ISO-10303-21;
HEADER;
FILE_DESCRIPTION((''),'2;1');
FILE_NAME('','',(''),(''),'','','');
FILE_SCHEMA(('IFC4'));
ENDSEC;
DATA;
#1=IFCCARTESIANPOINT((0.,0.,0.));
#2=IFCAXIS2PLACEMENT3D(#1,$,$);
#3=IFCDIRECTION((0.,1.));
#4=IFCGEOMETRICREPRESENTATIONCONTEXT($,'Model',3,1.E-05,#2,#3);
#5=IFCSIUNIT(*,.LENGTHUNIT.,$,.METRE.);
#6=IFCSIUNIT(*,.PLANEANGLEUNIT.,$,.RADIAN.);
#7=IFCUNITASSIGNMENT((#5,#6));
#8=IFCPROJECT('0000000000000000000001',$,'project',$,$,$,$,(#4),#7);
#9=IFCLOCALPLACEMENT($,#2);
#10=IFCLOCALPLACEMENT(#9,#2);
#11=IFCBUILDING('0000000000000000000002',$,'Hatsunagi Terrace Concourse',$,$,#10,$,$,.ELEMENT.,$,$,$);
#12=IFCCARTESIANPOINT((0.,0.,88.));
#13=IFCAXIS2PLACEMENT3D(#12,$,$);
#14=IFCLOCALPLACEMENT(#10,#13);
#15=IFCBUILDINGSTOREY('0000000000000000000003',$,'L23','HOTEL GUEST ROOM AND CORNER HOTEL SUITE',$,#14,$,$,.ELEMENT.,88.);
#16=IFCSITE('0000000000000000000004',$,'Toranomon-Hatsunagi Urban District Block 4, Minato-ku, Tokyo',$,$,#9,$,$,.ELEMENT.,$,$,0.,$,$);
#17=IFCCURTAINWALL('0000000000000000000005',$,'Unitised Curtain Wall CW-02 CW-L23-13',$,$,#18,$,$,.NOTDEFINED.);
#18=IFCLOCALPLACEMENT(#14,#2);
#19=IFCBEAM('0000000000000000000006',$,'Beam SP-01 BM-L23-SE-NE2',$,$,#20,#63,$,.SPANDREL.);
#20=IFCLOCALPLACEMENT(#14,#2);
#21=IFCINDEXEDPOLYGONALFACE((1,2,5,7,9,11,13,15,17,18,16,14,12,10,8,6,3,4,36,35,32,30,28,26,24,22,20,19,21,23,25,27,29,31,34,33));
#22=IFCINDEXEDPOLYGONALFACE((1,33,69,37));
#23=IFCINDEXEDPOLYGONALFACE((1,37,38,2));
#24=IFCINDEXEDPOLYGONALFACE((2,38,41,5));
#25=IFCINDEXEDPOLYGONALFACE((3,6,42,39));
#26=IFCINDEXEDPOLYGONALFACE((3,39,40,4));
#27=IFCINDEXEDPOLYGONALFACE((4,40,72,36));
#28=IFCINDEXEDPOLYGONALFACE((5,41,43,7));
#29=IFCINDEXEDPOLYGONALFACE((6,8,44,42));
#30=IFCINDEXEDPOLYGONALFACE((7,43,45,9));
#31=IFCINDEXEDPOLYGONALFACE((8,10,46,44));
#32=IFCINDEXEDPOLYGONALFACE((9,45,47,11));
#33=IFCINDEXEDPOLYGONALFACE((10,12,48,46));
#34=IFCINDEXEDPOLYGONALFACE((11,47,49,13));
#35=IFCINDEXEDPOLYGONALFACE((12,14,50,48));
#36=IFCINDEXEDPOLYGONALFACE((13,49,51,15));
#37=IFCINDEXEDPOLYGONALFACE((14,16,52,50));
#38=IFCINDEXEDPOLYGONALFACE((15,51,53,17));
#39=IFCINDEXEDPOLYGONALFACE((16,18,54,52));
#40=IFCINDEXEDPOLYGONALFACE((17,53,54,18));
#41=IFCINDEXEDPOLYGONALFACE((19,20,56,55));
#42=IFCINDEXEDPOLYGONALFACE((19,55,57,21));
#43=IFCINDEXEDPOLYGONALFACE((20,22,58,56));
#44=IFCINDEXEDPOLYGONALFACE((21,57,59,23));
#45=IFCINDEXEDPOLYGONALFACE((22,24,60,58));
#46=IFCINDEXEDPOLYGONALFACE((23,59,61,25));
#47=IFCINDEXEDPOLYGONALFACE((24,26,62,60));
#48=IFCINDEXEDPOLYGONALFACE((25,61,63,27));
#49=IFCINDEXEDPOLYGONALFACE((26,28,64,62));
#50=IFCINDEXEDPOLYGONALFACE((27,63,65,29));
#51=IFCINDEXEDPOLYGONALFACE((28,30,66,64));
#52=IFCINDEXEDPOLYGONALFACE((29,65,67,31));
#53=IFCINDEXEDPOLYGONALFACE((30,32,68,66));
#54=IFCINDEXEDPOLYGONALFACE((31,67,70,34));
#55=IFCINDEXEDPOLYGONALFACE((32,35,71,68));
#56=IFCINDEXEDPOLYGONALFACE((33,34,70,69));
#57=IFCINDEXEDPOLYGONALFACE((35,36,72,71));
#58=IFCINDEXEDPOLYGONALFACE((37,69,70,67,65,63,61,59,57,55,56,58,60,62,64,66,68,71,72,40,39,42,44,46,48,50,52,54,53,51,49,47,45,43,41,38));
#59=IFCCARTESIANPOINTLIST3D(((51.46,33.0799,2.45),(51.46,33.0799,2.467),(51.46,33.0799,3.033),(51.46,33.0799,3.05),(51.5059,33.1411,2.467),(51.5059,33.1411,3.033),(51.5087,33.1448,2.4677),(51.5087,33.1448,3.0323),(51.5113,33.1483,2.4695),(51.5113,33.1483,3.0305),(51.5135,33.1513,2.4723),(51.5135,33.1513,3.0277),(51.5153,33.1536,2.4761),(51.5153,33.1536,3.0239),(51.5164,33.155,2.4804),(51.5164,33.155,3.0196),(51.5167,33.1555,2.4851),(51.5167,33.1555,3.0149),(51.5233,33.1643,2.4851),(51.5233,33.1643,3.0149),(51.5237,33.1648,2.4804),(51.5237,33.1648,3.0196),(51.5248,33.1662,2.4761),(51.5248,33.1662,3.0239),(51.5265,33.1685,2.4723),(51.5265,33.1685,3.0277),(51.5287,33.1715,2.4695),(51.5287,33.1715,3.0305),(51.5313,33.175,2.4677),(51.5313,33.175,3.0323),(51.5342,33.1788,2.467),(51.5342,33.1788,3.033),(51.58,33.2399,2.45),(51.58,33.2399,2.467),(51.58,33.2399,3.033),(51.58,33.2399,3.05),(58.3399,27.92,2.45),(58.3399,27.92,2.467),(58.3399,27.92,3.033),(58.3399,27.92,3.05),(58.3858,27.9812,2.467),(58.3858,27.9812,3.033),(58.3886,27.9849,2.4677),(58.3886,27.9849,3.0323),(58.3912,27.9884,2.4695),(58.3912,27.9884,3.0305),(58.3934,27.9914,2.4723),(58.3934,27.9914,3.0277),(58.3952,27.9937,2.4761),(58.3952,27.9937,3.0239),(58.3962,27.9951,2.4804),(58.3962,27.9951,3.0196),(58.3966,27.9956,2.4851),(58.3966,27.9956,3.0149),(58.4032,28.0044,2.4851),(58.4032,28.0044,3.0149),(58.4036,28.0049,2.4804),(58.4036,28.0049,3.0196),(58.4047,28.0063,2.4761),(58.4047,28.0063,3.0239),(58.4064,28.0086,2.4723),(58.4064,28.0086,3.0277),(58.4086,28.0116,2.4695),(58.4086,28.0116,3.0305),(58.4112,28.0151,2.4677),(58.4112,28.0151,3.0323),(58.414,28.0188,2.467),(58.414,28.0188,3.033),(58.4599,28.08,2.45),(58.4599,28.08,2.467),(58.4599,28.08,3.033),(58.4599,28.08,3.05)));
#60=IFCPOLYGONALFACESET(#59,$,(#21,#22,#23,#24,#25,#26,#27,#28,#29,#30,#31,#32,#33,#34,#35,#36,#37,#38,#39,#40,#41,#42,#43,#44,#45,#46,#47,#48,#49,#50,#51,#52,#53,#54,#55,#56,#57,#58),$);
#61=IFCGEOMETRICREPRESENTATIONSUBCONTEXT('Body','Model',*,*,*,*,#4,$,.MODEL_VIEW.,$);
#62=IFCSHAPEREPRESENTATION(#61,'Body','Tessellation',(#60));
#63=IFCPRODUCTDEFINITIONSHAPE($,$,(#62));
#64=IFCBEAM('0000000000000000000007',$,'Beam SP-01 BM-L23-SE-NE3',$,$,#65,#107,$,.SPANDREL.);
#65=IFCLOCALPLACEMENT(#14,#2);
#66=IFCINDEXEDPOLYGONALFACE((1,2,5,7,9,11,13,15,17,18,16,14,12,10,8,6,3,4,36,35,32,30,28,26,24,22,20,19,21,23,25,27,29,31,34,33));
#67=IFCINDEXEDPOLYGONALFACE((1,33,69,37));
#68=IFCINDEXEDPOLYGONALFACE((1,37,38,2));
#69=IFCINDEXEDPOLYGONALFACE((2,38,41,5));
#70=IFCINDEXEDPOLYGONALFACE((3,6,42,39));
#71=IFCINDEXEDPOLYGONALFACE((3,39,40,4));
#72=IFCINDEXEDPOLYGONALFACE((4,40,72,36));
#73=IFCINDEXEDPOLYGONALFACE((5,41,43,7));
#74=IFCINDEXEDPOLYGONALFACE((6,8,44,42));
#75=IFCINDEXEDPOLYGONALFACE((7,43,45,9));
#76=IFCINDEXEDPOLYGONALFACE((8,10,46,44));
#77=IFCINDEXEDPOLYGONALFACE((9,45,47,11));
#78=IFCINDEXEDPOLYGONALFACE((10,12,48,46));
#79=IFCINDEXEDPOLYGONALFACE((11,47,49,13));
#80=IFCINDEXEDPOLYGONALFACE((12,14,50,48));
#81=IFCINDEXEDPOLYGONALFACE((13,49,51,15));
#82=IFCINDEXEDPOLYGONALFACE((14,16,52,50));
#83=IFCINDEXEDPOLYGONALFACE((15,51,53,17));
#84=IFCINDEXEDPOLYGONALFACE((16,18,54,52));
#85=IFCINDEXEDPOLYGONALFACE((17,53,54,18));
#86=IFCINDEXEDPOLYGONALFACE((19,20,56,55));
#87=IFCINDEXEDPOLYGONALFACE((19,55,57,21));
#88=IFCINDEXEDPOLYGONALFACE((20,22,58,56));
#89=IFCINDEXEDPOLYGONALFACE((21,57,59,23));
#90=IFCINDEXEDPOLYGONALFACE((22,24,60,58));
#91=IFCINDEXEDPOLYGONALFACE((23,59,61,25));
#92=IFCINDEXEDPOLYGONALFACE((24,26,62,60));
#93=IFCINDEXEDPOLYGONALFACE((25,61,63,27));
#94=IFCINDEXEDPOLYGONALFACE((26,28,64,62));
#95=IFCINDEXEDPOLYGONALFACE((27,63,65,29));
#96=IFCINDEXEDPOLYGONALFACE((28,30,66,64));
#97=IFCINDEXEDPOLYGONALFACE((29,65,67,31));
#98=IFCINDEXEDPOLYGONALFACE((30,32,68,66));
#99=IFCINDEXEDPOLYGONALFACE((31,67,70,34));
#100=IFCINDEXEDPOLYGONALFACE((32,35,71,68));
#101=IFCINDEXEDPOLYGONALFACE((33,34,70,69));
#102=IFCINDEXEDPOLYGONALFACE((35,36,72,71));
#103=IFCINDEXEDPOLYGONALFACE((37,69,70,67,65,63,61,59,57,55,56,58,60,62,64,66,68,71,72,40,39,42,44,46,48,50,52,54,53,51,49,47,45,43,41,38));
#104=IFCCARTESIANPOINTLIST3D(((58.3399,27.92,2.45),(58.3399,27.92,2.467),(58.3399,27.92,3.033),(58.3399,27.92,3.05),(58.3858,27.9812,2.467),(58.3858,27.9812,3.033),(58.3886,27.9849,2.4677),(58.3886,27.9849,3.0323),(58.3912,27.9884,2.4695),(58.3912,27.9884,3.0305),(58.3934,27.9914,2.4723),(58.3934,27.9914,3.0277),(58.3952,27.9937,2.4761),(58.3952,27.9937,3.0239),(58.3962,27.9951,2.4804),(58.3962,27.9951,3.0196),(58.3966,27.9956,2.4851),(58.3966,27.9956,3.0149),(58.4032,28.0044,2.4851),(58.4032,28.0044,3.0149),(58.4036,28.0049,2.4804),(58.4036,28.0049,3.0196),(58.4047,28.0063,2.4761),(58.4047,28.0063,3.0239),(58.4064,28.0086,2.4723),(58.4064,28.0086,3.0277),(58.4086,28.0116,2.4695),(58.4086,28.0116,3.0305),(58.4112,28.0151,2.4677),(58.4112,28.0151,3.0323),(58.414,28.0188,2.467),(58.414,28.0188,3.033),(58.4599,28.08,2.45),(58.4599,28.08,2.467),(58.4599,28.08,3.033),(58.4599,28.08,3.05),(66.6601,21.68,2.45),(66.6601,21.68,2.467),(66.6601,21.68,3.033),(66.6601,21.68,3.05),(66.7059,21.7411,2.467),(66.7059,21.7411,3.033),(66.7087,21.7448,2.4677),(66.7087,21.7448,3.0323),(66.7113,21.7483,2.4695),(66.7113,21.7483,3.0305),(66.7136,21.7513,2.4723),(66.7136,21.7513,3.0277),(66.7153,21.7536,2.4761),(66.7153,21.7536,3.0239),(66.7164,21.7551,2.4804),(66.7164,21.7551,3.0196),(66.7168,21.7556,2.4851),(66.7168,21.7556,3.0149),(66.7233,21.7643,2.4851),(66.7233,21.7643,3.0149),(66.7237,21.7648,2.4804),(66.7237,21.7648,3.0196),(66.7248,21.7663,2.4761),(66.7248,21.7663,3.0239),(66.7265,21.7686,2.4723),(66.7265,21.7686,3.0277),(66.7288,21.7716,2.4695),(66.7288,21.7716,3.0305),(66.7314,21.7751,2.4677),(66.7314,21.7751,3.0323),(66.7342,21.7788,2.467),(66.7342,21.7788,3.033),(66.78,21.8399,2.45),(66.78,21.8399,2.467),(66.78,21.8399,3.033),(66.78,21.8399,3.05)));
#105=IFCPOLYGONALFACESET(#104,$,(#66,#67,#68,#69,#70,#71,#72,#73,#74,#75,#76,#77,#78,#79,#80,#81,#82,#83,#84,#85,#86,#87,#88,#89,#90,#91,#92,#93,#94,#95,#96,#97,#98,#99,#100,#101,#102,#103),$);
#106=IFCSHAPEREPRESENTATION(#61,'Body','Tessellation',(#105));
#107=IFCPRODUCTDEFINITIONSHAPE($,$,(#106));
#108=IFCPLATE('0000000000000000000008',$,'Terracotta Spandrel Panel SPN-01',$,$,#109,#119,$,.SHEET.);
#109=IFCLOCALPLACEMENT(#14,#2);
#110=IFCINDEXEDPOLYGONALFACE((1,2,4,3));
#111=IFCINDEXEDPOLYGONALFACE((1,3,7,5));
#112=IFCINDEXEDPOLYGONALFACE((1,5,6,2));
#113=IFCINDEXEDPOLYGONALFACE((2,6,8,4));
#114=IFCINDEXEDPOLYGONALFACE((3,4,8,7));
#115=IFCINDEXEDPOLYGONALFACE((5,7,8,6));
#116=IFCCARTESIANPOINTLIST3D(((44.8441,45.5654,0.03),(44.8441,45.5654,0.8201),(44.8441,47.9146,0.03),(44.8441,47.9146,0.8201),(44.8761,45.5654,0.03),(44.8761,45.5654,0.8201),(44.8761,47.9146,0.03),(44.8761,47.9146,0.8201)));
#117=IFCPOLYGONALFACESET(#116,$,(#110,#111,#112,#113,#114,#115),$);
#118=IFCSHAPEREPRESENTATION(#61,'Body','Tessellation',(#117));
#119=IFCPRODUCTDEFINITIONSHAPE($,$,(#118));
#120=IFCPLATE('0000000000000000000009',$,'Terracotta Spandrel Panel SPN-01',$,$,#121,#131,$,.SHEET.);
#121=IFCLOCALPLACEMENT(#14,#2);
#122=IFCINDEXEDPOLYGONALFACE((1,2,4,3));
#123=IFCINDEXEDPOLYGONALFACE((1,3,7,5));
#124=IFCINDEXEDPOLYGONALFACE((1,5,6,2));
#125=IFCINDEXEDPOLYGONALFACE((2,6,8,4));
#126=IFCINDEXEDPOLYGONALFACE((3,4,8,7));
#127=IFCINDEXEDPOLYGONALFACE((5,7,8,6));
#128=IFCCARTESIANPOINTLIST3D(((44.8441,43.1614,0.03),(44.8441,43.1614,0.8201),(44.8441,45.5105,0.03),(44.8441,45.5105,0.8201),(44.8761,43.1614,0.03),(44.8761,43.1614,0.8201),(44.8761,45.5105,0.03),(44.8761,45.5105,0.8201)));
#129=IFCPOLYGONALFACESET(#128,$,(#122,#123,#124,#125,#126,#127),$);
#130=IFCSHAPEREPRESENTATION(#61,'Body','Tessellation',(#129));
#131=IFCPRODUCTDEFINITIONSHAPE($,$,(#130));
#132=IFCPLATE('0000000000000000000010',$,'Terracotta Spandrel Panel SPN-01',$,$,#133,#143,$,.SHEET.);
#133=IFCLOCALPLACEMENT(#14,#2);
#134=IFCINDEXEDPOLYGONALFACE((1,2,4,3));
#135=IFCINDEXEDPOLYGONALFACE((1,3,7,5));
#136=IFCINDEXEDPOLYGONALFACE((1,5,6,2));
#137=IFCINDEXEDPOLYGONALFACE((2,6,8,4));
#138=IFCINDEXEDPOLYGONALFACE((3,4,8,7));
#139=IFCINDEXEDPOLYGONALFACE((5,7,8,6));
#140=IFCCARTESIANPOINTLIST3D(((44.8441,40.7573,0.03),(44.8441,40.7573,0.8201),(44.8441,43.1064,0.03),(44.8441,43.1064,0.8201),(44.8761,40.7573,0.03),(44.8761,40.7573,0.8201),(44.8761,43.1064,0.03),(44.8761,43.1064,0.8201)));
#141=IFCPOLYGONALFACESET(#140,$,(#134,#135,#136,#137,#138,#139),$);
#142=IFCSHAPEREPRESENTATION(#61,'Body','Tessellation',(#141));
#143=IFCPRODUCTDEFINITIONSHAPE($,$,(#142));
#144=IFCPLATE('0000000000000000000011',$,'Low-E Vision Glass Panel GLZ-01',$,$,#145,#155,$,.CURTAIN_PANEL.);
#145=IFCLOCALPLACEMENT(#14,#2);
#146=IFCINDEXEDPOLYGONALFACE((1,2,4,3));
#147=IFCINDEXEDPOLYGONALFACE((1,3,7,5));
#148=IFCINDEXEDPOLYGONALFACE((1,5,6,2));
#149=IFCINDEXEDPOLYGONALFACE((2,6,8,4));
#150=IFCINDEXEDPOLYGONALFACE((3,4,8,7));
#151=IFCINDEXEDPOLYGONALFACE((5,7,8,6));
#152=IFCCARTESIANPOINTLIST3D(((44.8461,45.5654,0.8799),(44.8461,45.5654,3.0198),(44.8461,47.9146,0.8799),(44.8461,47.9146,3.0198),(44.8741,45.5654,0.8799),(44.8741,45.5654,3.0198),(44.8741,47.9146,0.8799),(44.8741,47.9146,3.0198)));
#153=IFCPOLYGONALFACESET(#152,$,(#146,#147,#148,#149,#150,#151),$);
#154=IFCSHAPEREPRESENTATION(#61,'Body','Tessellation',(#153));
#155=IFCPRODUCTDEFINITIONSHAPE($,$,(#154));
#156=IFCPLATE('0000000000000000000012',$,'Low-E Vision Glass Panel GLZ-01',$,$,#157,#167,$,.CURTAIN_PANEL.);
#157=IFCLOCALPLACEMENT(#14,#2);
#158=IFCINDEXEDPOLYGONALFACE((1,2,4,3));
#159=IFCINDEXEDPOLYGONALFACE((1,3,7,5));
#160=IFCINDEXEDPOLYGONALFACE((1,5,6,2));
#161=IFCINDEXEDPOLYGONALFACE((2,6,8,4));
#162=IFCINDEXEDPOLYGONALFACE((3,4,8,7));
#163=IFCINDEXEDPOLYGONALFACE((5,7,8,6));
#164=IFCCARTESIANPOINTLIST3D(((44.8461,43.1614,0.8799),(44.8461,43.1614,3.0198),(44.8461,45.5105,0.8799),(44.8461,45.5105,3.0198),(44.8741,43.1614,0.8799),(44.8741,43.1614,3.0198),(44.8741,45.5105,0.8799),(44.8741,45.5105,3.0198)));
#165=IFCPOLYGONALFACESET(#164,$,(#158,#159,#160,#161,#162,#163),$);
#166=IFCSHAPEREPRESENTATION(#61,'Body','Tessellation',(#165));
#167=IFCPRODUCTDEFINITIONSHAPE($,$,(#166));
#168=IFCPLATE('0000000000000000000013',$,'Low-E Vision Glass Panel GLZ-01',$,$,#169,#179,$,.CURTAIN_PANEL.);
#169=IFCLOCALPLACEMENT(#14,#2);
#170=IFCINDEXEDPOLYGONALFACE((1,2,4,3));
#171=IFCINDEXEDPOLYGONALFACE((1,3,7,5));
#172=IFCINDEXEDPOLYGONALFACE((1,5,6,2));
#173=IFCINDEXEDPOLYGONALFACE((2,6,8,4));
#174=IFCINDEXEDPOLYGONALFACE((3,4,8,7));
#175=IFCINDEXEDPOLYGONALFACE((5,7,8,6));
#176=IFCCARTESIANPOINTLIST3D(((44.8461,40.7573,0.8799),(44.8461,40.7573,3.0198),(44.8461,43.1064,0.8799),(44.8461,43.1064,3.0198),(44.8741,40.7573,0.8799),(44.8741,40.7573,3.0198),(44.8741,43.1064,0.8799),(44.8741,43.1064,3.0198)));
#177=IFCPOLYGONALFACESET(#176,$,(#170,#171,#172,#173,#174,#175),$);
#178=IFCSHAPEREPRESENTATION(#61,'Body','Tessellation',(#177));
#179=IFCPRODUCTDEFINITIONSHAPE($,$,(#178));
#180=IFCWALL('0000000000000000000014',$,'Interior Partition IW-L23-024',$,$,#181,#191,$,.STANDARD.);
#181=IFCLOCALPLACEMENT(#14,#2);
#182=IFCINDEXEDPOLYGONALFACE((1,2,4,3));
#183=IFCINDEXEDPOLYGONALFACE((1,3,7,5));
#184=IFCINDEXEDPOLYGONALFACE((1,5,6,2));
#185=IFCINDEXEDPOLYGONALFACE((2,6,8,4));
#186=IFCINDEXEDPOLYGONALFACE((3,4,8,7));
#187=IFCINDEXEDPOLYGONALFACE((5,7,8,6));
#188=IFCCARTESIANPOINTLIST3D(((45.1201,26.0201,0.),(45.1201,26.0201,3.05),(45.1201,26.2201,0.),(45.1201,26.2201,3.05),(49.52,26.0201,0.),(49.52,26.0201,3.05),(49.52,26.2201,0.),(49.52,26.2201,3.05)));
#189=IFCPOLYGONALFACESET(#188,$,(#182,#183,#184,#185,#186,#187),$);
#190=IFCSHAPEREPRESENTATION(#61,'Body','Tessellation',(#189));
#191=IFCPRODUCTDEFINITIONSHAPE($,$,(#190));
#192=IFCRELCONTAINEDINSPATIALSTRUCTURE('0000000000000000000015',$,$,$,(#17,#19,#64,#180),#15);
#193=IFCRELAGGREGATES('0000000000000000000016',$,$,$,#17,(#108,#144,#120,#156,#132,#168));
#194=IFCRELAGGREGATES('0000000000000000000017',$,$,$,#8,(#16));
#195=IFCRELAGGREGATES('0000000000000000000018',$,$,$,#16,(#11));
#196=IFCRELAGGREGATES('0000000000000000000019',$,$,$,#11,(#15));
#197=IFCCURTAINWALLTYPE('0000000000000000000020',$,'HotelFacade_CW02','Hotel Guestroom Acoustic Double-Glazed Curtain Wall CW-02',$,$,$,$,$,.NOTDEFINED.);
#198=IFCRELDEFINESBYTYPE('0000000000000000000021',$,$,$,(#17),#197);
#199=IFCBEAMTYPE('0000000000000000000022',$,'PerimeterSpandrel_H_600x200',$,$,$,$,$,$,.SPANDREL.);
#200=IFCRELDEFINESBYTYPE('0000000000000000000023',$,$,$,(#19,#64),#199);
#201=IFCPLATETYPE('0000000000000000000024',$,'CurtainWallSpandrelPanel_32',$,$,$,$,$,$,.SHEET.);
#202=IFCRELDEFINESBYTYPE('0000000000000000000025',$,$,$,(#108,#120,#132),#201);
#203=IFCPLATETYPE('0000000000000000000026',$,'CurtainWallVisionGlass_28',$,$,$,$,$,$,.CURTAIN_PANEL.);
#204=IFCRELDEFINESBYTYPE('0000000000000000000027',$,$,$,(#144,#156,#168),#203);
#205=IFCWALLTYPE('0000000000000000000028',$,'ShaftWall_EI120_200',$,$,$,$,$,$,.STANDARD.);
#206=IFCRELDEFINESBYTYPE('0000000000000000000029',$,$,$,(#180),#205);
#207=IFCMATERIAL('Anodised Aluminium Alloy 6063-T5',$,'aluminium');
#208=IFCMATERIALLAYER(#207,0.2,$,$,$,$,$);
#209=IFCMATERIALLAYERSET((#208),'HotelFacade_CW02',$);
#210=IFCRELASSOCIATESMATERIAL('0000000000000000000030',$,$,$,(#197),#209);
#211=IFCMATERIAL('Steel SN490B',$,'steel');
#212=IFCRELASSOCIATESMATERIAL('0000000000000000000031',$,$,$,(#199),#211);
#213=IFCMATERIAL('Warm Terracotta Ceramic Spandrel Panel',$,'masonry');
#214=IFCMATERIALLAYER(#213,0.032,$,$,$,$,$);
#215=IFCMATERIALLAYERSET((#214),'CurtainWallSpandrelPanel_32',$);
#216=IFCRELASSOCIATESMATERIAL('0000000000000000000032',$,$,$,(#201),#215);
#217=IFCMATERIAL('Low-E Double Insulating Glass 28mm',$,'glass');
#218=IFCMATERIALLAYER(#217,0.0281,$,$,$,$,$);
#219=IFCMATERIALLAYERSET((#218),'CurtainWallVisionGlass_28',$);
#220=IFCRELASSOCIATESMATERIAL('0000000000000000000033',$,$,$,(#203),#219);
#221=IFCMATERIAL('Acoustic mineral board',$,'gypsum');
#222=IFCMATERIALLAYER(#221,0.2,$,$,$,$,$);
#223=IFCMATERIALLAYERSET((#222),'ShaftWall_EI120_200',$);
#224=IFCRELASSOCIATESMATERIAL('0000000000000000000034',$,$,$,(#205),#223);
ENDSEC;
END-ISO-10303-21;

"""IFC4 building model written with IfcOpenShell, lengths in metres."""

from ifc_helpers import new_model, si_unit, direction, frame, frame_2d, origin, origin_2d, place, context, subcontext, project, spatial, rectangle, i_section, extrude, material, layer, layer_set, material_profile, profile_set, type_object, element, aggregate, save


model = new_model("IFC4")

# Units and contexts
model_context = context("Model", 3, precision=1e-05, world=origin(), true_north=direction((0.0, 1.0)))
body_context = subcontext(model_context, "Body", "Model", "MODEL_VIEW")
ifc_project = project(units=[si_unit("LENGTHUNIT", "METRE"), si_unit("PLANEANGLEUNIT", "RADIAN")], contexts=[model_context])

# Site, building, storey
site_placement = place(None, origin())
site = spatial("IfcSite", under=ifc_project, at=site_placement, Name="Toranomon-Hatsunagi Urban District Block 4, Minato-ku, Tokyo", CompositionType="ELEMENT", RefElevation=0.0)
building_placement = place(site_placement, origin())
building = spatial("IfcBuilding", under=site, at=building_placement, Name="Hatsunagi Terrace Concourse", CompositionType="ELEMENT")
storey_placement = place(building_placement, frame((0.0, 0.0, 88.0)))
storey = spatial("IfcBuildingStorey", under=building, at=storey_placement, Name="L23", Description="HOTEL GUEST ROOM AND CORNER HOTEL SUITE", CompositionType="ELEMENT", Elevation=88.0)

# Curtain wall
ifc_material_1 = material(Name="Anodised Aluminium Alloy 6063-T5", Category="aluminium")
ifc_layer_1 = layer(ifc_material_1, 0.2)
ifc_layer_set_1 = layer_set([ifc_layer_1], Name="HotelFacade_CW02")
curtain_wall_type = type_object("IfcCurtainWallType", Name="HotelFacade_CW02", Description="Hotel Guestroom Acoustic Double-Glazed Curtain Wall CW-02", PredefinedType="NOTDEFINED", material=ifc_layer_set_1)
curtain_wall_placement = place(storey_placement, origin())
curtain_wall = element("IfcCurtainWall", 1, at=curtain_wall_placement, inside=storey, type_object=curtain_wall_type, Name="Unitised Curtain Wall CW-02 CW-L23-13", PredefinedType="NOTDEFINED")

# Beams
ifc_material_2 = material(Name="Steel SN490B", Category="steel")
ifc_material_profile_1 = material_profile(ifc_material_2, i_section(OverallWidth=0.2, OverallDepth=0.6001, WebThickness=0.011, FlangeThickness=0.0171, FilletRadius=0.0181, at=origin_2d()), Name="H-600x200x11x17")
ifc_profile_set_1 = profile_set([ifc_material_profile_1], Name="Steel SN490B")
beam_type_1 = type_object("IfcBeamType", Name="PerimeterSpandrel_H_600x200", PredefinedType="SPANDREL", material=ifc_profile_set_1)
beam_1_placement = place(storey_placement, frame((51.52, 33.1599, 2.75), z_axis=(0.8, -0.6, 0.0), x_axis=(0.6, 0.8, 0.0)))
element("IfcBeam", 2, at=beam_1_placement, inside=storey, type_object=beam_type_1, Name="Beam SP-01 BM-L23-SE-NE2", PredefinedType="SPANDREL", context=body_context, shape_type="SweptSolid", body=[
    extrude(i_section(OverallWidth=0.2, OverallDepth=0.6001, WebThickness=0.011, FlangeThickness=0.0171, FilletRadius=0.0181, at=origin_2d()), origin(), (0.0, 0.0, 1.0), 8.5999),
])
beam_2_placement = place(storey_placement, frame((58.3999, 28.0, 2.75), z_axis=(0.800003, -0.599996, 0.0), x_axis=(0.599996, 0.800003, 0.0)))
element("IfcBeam", 3, at=beam_2_placement, inside=storey, type_object=beam_type_1, Name="Beam SP-01 BM-L23-SE-NE3", PredefinedType="SPANDREL", context=body_context, shape_type="SweptSolid", body=[
    extrude(i_section(OverallWidth=0.2, OverallDepth=0.6001, WebThickness=0.011, FlangeThickness=0.0171, FilletRadius=0.0181, at=origin_2d()), origin(), (0.0, 0.0, 1.0), 10.4001),
])

# Plates
ifc_material_3 = material(Name="Warm Terracotta Ceramic Spandrel Panel", Category="masonry")
ifc_layer_2 = layer(ifc_material_3, 0.032)
ifc_layer_set_2 = layer_set([ifc_layer_2], Name="CurtainWallSpandrelPanel_32")
plate_type_1 = type_object("IfcPlateType", Name="CurtainWallSpandrelPanel_32", PredefinedType="SHEET", material=ifc_layer_set_2)
plate_1_placement = place(storey_placement, frame((44.8601, 46.74, 0.03), z_axis=(0.0, 0.0, 1.0), x_axis=(0.0, -1.0, 0.0)))
plate_1 = element("IfcPlate", 4, at=plate_1_placement, type_object=plate_type_1, Name="Terracotta Spandrel Panel SPN-01", PredefinedType="SHEET", context=body_context, shape_type="SweptSolid", body=[
    extrude(rectangle(XDim=2.3491, YDim=0.032, at=origin_2d()), origin(), (0.0, 0.0, 1.0), 0.79),
])
plate_2_placement = place(storey_placement, frame((44.8601, 44.3359, 0.03), z_axis=(0.0, 0.0, 1.0), x_axis=(0.0, -1.0, 0.0)))
plate_2 = element("IfcPlate", 5, at=plate_2_placement, type_object=plate_type_1, Name="Terracotta Spandrel Panel SPN-01", PredefinedType="SHEET", context=body_context, shape_type="SweptSolid", body=[
    extrude(rectangle(XDim=2.3491, YDim=0.032, at=origin_2d()), origin(), (0.0, 0.0, 1.0), 0.79),
])
plate_3_placement = place(storey_placement, frame((44.8601, 41.9319, 0.03), z_axis=(0.0, 0.0, 1.0), x_axis=(0.0, -1.0, 0.0)))
plate_3 = element("IfcPlate", 6, at=plate_3_placement, type_object=plate_type_1, Name="Terracotta Spandrel Panel SPN-01", PredefinedType="SHEET", context=body_context, shape_type="SweptSolid", body=[
    extrude(rectangle(XDim=2.3491, YDim=0.032, at=origin_2d()), origin(), (0.0, 0.0, 1.0), 0.79),
])
ifc_material_4 = material(Name="Low-E Double Insulating Glass 28mm", Category="glass")
ifc_layer_3 = layer(ifc_material_4, 0.0281)
ifc_layer_set_3 = layer_set([ifc_layer_3], Name="CurtainWallVisionGlass_28")
plate_type_2 = type_object("IfcPlateType", Name="CurtainWallVisionGlass_28", PredefinedType="CURTAIN_PANEL", material=ifc_layer_set_3)
plate_4_placement = place(storey_placement, frame((44.8601, 46.74, 0.8799), z_axis=(0.0, 0.0, 1.0), x_axis=(0.0, -1.0, 0.0)))
plate_4 = element("IfcPlate", 7, at=plate_4_placement, type_object=plate_type_2, Name="Low-E Vision Glass Panel GLZ-01", PredefinedType="CURTAIN_PANEL", context=body_context, shape_type="SweptSolid", body=[
    extrude(rectangle(XDim=2.3491, YDim=0.0281, at=origin_2d()), origin(), (0.0, 0.0, 1.0), 2.1399),
])
plate_5_placement = place(storey_placement, frame((44.8601, 44.3359, 0.8799), z_axis=(0.0, 0.0, 1.0), x_axis=(0.0, -1.0, 0.0)))
plate_5 = element("IfcPlate", 8, at=plate_5_placement, type_object=plate_type_2, Name="Low-E Vision Glass Panel GLZ-01", PredefinedType="CURTAIN_PANEL", context=body_context, shape_type="SweptSolid", body=[
    extrude(rectangle(XDim=2.3491, YDim=0.0281, at=origin_2d()), origin(), (0.0, 0.0, 1.0), 2.1399),
])
plate_6_placement = place(storey_placement, frame((44.8601, 41.9319, 0.8799), z_axis=(0.0, 0.0, 1.0), x_axis=(0.0, -1.0, 0.0)))
plate_6 = element("IfcPlate", 9, at=plate_6_placement, type_object=plate_type_2, Name="Low-E Vision Glass Panel GLZ-01", PredefinedType="CURTAIN_PANEL", context=body_context, shape_type="SweptSolid", body=[
    extrude(rectangle(XDim=2.3491, YDim=0.0281, at=origin_2d()), origin(), (0.0, 0.0, 1.0), 2.1399),
])
aggregate(curtain_wall, [plate_1, plate_4, plate_2, plate_5, plate_3, plate_6])

# Wall
ifc_material_5 = material(Name="Acoustic mineral board", Category="gypsum")
ifc_layer_4 = layer(ifc_material_5, 0.2)
ifc_layer_set_4 = layer_set([ifc_layer_4], Name="ShaftWall_EI120_200")
wall_type = type_object("IfcWallType", Name="ShaftWall_EI120_200", PredefinedType="STANDARD", material=ifc_layer_set_4)
wall_1_placement = place(storey_placement, frame((45.1201, 26.1201, 0.0), z_axis=(0.0, 0.0, 1.0), x_axis=(1.0, 0.0, 0.0)))
element("IfcWall", 10, at=wall_1_placement, inside=storey, type_object=wall_type, Name="Interior Partition IW-L23-024", PredefinedType="STANDARD", context=body_context, shape_type="SweptSolid", body=[
    extrude(rectangle(XDim=4.3999, YDim=0.2, at=frame_2d((2.2, 0.0))), origin(), (0.0, 0.0, 1.0), 3.05),
])

save(model, "model.ifc")
